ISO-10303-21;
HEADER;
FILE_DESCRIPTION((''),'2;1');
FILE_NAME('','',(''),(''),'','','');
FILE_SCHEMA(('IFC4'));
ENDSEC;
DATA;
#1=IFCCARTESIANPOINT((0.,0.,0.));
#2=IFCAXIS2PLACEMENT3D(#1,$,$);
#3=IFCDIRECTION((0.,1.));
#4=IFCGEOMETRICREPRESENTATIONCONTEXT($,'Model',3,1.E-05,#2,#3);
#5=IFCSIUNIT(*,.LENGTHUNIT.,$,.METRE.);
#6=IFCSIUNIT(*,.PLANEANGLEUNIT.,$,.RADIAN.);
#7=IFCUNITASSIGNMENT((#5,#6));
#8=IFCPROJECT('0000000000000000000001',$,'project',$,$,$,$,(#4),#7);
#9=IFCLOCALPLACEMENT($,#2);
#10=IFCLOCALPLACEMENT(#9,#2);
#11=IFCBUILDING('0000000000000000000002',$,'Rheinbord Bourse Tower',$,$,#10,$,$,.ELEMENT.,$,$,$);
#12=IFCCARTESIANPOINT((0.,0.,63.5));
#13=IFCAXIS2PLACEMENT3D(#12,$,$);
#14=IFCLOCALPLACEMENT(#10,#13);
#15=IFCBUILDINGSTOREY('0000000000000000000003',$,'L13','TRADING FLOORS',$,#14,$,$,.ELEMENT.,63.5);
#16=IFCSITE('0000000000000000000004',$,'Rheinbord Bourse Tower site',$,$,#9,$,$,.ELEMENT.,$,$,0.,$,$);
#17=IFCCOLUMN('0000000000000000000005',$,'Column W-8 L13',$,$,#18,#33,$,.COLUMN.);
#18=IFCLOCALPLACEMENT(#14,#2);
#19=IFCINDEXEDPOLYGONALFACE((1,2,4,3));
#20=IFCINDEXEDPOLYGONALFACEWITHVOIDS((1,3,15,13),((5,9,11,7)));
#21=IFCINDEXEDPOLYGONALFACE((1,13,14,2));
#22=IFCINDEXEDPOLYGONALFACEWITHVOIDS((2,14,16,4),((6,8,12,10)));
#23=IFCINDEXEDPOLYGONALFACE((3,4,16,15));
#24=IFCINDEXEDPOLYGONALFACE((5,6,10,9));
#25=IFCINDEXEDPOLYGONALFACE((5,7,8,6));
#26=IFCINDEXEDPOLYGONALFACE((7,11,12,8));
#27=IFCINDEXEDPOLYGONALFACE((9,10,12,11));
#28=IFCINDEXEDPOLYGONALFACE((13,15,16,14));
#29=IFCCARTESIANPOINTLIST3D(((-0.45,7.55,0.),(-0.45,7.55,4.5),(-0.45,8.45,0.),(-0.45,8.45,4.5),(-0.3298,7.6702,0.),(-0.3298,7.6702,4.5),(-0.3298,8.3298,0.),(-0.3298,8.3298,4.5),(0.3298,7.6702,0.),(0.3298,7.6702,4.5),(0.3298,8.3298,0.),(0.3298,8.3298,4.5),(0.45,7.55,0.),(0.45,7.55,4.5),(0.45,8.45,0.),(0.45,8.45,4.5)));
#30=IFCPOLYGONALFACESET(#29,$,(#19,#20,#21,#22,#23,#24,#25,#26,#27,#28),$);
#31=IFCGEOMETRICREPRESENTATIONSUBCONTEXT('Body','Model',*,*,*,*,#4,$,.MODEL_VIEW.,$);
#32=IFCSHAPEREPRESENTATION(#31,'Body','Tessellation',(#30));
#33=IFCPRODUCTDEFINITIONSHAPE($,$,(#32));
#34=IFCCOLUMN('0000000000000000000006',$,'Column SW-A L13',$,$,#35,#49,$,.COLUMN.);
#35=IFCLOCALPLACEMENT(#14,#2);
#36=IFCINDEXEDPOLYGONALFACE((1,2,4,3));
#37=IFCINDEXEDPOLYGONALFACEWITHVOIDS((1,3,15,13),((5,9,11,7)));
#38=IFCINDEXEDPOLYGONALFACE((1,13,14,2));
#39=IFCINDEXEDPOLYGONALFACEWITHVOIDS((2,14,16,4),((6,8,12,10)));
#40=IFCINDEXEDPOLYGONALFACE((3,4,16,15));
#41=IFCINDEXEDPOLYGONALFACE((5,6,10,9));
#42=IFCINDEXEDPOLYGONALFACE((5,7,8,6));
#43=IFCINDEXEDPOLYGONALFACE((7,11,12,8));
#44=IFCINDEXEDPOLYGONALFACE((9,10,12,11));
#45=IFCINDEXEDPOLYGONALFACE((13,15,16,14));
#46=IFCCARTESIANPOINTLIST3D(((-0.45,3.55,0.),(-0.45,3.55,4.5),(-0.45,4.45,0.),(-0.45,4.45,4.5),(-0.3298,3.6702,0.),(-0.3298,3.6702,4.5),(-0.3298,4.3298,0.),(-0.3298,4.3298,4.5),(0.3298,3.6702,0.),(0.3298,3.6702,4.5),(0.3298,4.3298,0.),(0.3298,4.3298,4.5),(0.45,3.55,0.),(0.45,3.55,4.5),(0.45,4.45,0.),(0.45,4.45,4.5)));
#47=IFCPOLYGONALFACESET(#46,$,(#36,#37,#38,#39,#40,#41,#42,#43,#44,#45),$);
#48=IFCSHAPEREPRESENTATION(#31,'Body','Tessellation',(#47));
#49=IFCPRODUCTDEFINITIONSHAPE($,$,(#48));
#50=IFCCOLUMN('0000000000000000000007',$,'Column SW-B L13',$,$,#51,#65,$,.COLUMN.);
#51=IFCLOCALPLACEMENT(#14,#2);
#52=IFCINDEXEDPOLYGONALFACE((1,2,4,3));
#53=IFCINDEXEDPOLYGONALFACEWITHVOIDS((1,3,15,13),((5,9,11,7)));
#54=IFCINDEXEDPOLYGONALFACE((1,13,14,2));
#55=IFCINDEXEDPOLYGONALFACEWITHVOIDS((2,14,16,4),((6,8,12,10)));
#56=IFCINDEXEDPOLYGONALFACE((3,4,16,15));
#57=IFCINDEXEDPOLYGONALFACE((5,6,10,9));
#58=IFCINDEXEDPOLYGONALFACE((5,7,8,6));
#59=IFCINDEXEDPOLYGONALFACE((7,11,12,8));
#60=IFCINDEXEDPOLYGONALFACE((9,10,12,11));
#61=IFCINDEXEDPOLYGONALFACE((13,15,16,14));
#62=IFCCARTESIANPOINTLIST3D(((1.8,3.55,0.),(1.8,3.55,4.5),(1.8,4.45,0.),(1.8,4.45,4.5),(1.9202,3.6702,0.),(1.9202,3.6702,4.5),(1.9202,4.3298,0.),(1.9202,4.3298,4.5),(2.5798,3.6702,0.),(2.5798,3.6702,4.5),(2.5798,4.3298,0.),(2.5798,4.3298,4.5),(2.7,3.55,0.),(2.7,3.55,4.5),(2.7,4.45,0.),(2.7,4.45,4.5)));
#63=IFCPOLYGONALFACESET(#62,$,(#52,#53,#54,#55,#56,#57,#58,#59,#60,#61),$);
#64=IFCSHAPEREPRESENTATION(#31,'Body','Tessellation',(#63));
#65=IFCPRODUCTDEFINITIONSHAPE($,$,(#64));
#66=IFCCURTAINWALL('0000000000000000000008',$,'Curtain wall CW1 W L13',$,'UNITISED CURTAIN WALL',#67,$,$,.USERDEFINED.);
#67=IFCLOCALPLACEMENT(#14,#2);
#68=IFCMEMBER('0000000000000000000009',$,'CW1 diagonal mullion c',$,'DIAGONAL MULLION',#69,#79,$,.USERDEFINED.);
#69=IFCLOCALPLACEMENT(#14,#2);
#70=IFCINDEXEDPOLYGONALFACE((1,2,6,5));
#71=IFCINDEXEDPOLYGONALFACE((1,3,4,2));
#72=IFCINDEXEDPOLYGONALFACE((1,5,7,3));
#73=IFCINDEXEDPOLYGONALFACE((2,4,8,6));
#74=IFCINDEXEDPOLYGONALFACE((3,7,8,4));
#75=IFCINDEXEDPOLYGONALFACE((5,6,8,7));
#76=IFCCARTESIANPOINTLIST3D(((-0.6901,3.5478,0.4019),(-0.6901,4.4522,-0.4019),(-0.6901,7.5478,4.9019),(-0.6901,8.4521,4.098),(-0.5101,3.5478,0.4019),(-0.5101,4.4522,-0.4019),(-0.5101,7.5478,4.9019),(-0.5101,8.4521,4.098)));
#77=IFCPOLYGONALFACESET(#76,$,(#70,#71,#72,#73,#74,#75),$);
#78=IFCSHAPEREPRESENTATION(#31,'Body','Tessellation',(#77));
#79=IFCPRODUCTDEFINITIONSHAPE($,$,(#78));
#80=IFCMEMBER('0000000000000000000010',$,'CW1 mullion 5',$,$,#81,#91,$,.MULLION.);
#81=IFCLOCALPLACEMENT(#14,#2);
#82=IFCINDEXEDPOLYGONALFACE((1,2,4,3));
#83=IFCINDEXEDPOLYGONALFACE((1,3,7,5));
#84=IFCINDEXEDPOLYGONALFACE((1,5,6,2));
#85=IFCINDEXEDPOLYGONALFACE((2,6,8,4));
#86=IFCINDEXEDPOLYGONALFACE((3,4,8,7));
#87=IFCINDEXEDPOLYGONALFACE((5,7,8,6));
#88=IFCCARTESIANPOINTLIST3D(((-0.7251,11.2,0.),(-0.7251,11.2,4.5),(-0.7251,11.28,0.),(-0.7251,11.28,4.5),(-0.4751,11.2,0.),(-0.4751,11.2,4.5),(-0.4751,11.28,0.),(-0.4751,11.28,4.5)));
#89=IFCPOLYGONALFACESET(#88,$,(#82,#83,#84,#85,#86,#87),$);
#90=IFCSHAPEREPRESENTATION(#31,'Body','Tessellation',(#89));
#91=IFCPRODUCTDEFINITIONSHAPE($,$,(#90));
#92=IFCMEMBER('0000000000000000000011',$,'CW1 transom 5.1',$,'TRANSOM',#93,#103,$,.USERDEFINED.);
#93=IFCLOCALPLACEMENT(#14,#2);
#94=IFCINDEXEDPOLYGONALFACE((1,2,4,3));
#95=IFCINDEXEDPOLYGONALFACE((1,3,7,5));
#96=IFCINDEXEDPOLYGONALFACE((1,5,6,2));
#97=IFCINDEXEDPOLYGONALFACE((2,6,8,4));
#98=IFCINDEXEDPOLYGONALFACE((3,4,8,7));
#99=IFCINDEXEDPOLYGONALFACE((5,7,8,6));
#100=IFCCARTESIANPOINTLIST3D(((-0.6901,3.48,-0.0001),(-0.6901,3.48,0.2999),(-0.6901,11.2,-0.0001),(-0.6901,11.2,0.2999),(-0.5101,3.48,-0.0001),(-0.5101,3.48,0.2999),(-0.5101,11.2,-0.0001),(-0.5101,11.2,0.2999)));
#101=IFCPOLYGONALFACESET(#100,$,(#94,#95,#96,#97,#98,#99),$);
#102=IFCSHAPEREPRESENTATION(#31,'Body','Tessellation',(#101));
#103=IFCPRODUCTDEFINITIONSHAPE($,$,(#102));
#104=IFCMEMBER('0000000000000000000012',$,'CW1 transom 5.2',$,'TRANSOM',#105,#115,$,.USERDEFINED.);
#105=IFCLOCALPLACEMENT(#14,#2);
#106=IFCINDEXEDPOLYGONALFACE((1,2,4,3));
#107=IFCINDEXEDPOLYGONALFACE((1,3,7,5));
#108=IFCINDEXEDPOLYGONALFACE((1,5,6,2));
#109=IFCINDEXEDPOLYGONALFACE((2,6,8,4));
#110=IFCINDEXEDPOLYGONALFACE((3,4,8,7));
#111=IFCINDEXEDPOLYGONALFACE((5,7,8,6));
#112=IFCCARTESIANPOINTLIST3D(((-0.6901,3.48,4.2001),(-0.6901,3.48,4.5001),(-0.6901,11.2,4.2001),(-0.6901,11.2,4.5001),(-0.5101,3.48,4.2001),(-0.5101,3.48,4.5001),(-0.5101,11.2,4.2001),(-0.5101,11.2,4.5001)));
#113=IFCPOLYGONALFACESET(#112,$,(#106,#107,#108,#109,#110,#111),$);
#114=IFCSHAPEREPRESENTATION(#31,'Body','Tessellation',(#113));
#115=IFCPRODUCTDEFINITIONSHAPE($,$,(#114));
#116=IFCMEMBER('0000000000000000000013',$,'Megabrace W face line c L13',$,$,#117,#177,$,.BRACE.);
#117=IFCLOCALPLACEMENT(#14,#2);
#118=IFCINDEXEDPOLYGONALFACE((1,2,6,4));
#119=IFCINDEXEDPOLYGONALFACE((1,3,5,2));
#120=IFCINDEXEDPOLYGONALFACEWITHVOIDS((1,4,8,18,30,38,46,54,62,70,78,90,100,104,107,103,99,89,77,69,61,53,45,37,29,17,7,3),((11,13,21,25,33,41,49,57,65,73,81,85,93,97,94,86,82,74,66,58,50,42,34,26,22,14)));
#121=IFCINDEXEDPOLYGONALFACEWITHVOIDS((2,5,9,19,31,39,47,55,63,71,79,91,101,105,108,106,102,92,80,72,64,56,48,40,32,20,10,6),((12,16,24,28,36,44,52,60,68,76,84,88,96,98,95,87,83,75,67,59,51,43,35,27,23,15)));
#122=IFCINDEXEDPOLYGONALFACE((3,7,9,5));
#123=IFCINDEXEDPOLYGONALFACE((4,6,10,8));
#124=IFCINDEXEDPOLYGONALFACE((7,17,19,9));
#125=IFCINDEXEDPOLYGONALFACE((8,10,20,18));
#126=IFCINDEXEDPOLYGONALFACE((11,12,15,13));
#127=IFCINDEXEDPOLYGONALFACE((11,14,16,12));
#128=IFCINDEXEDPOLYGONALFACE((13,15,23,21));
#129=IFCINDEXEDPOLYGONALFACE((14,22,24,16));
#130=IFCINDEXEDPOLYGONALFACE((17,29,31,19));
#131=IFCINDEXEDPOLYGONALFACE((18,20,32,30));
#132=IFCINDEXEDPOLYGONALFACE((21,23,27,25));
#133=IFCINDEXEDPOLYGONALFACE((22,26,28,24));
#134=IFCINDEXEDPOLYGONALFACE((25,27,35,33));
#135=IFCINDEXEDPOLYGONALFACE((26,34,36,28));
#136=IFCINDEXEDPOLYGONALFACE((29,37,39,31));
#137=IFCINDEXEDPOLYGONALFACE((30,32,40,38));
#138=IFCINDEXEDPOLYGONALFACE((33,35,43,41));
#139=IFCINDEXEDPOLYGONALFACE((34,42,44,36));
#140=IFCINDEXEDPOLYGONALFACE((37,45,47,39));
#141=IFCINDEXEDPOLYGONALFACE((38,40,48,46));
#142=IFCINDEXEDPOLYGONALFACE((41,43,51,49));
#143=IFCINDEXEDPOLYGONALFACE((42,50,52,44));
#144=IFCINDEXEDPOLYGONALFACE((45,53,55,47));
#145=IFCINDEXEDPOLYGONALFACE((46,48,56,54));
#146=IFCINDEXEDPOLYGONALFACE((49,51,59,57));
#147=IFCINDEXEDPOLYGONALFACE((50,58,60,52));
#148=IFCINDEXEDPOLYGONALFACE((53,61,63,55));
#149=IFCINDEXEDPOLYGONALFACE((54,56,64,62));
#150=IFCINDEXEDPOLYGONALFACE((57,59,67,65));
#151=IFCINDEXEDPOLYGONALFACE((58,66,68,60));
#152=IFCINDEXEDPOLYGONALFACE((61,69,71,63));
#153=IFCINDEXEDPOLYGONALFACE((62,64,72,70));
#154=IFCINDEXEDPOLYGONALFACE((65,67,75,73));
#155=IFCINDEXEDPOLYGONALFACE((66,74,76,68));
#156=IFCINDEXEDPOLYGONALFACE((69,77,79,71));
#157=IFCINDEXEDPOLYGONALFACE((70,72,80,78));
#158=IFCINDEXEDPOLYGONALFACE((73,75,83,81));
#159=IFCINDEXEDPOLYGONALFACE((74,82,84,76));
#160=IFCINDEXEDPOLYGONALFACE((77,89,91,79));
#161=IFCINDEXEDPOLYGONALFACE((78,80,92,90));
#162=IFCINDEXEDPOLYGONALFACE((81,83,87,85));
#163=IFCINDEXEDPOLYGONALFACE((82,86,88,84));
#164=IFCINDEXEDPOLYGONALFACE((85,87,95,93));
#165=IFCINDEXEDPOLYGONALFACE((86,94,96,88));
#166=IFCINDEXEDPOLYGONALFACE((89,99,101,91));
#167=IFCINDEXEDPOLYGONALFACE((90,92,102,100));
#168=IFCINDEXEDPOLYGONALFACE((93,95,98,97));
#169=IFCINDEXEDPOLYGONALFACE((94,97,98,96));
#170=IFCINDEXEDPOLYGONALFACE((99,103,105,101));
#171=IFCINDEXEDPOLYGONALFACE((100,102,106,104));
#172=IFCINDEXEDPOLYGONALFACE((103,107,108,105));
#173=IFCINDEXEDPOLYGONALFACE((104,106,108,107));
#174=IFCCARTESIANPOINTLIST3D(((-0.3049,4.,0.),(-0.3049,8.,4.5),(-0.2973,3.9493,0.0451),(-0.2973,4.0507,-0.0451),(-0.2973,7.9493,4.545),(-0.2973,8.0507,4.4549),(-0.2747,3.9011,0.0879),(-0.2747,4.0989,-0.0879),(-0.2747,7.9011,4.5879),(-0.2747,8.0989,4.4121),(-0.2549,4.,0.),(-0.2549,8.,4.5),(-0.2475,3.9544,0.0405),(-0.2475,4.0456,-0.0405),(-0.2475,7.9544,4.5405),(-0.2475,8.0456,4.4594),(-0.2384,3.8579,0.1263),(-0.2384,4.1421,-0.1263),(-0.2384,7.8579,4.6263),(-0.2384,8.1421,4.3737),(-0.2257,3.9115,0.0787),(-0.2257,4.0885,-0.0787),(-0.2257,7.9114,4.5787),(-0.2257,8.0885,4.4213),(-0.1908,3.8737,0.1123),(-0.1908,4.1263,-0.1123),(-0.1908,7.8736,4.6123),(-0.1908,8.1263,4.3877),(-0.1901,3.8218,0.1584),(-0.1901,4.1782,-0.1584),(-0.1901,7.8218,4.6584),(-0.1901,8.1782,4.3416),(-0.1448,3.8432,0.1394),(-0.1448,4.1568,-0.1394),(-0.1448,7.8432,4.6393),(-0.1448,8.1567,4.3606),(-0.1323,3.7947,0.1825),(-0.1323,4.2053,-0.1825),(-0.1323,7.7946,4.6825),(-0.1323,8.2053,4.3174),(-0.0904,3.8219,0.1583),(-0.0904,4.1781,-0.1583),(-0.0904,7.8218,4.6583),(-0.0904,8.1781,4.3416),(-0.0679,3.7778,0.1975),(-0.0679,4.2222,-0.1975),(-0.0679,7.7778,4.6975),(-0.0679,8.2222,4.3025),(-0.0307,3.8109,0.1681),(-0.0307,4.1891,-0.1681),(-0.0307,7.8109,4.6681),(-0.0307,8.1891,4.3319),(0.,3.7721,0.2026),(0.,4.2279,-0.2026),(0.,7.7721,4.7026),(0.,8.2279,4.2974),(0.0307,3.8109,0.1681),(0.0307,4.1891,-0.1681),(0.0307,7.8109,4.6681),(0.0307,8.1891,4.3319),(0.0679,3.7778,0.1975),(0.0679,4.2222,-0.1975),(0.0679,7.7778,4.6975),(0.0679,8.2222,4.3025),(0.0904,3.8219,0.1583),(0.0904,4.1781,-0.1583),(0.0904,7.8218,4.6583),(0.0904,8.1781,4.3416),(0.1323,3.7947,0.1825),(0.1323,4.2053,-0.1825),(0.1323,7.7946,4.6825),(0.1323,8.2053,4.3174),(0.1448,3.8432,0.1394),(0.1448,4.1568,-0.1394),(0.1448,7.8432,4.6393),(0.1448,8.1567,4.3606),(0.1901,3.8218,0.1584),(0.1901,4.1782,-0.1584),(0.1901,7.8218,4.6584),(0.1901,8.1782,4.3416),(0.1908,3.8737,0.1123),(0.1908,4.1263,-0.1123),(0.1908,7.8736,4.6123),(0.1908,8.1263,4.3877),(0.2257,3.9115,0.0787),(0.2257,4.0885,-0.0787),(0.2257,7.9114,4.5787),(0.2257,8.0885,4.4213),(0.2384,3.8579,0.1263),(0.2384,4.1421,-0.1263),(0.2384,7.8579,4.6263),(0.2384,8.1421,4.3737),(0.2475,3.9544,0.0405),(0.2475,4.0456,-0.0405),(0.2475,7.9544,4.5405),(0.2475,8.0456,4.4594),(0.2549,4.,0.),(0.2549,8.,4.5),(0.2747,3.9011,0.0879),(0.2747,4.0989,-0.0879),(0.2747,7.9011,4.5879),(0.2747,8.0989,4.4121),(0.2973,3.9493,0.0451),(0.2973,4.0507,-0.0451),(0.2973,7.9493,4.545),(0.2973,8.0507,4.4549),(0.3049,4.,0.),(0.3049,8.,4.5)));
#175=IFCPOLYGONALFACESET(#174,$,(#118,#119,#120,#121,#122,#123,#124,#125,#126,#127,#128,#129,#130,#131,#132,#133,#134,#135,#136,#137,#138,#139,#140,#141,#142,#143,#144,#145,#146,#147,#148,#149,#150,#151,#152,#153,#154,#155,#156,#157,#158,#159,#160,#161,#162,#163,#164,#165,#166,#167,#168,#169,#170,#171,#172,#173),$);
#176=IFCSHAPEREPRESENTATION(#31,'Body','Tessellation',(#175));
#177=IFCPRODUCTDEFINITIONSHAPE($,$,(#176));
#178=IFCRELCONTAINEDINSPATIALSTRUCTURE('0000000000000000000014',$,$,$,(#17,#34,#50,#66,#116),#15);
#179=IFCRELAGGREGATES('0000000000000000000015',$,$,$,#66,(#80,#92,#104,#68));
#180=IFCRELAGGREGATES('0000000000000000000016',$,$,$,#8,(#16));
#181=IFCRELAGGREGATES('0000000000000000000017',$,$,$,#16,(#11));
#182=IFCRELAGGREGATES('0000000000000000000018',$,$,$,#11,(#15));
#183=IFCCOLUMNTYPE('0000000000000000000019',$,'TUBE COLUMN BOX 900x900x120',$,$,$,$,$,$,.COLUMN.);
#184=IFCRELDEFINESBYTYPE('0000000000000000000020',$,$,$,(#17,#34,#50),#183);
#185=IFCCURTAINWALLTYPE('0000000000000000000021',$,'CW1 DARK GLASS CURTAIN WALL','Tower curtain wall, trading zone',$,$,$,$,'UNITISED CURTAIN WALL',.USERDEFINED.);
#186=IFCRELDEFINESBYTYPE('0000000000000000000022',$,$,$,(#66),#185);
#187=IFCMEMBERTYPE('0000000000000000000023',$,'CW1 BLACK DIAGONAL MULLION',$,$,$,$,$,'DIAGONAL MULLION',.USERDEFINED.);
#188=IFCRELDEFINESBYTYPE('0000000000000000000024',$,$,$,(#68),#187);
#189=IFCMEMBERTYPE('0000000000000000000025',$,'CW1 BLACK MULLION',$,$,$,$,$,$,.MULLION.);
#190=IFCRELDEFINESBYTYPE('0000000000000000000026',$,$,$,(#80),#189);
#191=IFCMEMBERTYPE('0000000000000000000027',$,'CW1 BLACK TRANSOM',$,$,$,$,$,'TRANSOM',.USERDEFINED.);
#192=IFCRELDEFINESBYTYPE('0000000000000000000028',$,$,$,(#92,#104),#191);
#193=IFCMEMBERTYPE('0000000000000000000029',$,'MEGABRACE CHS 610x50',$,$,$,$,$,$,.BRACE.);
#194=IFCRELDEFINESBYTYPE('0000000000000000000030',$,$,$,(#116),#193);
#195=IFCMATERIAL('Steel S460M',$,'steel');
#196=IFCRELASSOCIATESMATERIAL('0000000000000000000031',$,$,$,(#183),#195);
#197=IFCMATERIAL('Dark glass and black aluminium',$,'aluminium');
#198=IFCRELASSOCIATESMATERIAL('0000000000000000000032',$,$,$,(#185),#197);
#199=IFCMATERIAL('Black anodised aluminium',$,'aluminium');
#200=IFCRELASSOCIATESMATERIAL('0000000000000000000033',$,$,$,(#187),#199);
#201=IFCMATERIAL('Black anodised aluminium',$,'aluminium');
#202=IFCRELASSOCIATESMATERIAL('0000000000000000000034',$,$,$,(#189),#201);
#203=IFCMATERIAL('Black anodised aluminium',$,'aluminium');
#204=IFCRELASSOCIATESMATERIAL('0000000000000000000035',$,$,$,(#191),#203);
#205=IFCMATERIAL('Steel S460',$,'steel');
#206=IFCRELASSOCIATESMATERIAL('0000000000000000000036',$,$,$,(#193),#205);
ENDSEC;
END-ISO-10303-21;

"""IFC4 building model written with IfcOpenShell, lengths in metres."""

from ifc_helpers import new_model, si_unit, direction, frame, origin, origin_2d, place, context, subcontext, project, spatial, rectangle, hollow_rectangle, hollow_circle, extrude, material, material_profile, profile_set, type_object, element, aggregate, save


model = new_model("IFC4")

# Units and contexts
model_context = context("Model", 3, precision=1e-05, world=origin(), true_north=direction((0.0, 1.0)))
body_context = subcontext(model_context, "Body", "Model", "MODEL_VIEW")
ifc_project = project(units=[si_unit("LENGTHUNIT", "METRE"), si_unit("PLANEANGLEUNIT", "RADIAN")], contexts=[model_context])

# Site, building, storey
site_placement = place(None, origin())
site = spatial("IfcSite", under=ifc_project, at=site_placement, Name="Rheinbord Bourse Tower site", CompositionType="ELEMENT", RefElevation=0.0)
building_placement = place(site_placement, origin())
building = spatial("IfcBuilding", under=site, at=building_placement, Name="Rheinbord Bourse Tower", CompositionType="ELEMENT")
storey_placement = place(building_placement, frame((0.0, 0.0, 63.5)))
storey = spatial("IfcBuildingStorey", under=building, at=storey_placement, Name="L13", Description="TRADING FLOORS", CompositionType="ELEMENT", Elevation=63.5)

# Columns
ifc_material_1 = material(Name="Steel S460M", Category="steel")
ifc_material_profile_1 = material_profile(ifc_material_1, hollow_rectangle(XDim=0.8999, YDim=0.8999, WallThickness=0.1201, at=origin_2d()), Name="BOX 900x900x120")
ifc_profile_set_1 = profile_set([ifc_material_profile_1], Name="Steel S460M")
column_type = type_object("IfcColumnType", Name="TUBE COLUMN BOX 900x900x120", PredefinedType="COLUMN", material=ifc_profile_set_1)
for number, where, z_axis, x_axis, name in (
    (1, (0.0, 8.0, 0.0), (0.0, 0.0, 1.0), (1.0, 0.0, 0.0), "Column W-8 L13"),
    (2, (0.0, 4.0, 0.0), (0.0, 0.0, 1.0), (1.0, 0.0, 0.0), "Column SW-A L13"),
    (3, (2.25, 4.0, 0.0), (0.0, 0.0, 1.0), (1.0, 0.0, 0.0), "Column SW-B L13"),
):
    element("IfcColumn", number, at=place(storey_placement, frame(where, z_axis=z_axis, x_axis=x_axis)), inside=storey, type_object=column_type, Name=name, PredefinedType="COLUMN", context=body_context, shape_type="SweptSolid", body=[
        extrude(hollow_rectangle(XDim=0.8999, YDim=0.8999, WallThickness=0.1201, at=origin_2d()), origin(), (0.0, 0.0, 1.0), 4.5),
    ])

# Curtain wall, members
ifc_material_2 = material(Name="Dark glass and black aluminium", Category="aluminium")
curtain_wall_type = type_object("IfcCurtainWallType", Name="CW1 DARK GLASS CURTAIN WALL", Description="Tower curtain wall, trading zone", ElementType="UNITISED CURTAIN WALL", PredefinedType="USERDEFINED", material=ifc_material_2)
curtain_wall_placement = place(storey_placement, origin())
curtain_wall = element("IfcCurtainWall", 4, at=curtain_wall_placement, inside=storey, type_object=curtain_wall_type, Name="Curtain wall CW1 W L13", ObjectType="UNITISED CURTAIN WALL", PredefinedType="USERDEFINED")
ifc_material_3 = material(Name="Black anodised aluminium", Category="aluminium")
ifc_material_profile_2 = material_profile(ifc_material_3, rectangle(XDim=0.1799, YDim=1.21, at=origin_2d()), Name="CW1 DIAGONAL MULLION 1210x180")
ifc_profile_set_2 = profile_set([ifc_material_profile_2], Name="Black anodised aluminium")
member_type_1 = type_object("IfcMemberType", Name="CW1 BLACK DIAGONAL MULLION", ElementType="DIAGONAL MULLION", PredefinedType="USERDEFINED", material=ifc_profile_set_2)
member_1_placement = place(storey_placement, frame((-0.6001, 4.0, 0.0), z_axis=(0.0, 0.664364, 0.747409), x_axis=(-1.0, 0.0, 0.0)))
member_1 = element("IfcMember", 5, at=member_1_placement, type_object=member_type_1, Name="CW1 diagonal mullion c", ObjectType="DIAGONAL MULLION", PredefinedType="USERDEFINED", context=body_context, shape_type="SweptSolid", body=[
    extrude(rectangle(XDim=0.1799, YDim=1.21, at=origin_2d()), origin(), (0.0, 0.0, 1.0), 6.0208),
])
ifc_material_4 = material(Name="Black anodised aluminium", Category="aluminium")
ifc_material_profile_3 = material_profile(ifc_material_4, rectangle(XDim=0.25, YDim=0.0801, at=origin_2d()), Name="CW1 MULLION 80x250")
ifc_profile_set_3 = profile_set([ifc_material_profile_3], Name="Black anodised aluminium")
member_type_2 = type_object("IfcMemberType", Name="CW1 BLACK MULLION", PredefinedType="MULLION", material=ifc_profile_set_3)
member_2_placement = place(storey_placement, frame((-0.6001, 11.24, 0.0), z_axis=(0.0, 0.0, 1.0), x_axis=(1.0, 0.0, 0.0)))
member_2 = element("IfcMember", 6, at=member_2_placement, type_object=member_type_2, Name="CW1 mullion 5", PredefinedType="MULLION", context=body_context, shape_type="SweptSolid", body=[
    extrude(rectangle(XDim=0.25, YDim=0.0801, at=origin_2d()), origin(), (0.0, 0.0, 1.0), 4.5),
])
ifc_material_5 = material(Name="Black anodised aluminium", Category="aluminium")
ifc_material_profile_4 = material_profile(ifc_material_5, rectangle(XDim=0.1799, YDim=0.3, at=origin_2d()), Name="CW1 TRANSOM 300x180")
ifc_profile_set_4 = profile_set([ifc_material_profile_4], Name="Black anodised aluminium")
member_type_3 = type_object("IfcMemberType", Name="CW1 BLACK TRANSOM", ElementType="TRANSOM", PredefinedType="USERDEFINED", material=ifc_profile_set_4)
member_3_placement = place(storey_placement, frame((-0.6001, 11.2, 0.1499), z_axis=(0.0, -1.0, 0.0), x_axis=(1.0, 0.0, 0.0)))
member_3 = element("IfcMember", 7, at=member_3_placement, type_object=member_type_3, Name="CW1 transom 5.1", ObjectType="TRANSOM", PredefinedType="USERDEFINED", context=body_context, shape_type="SweptSolid", body=[
    extrude(rectangle(XDim=0.1799, YDim=0.3, at=origin_2d()), origin(), (0.0, 0.0, 1.0), 7.72),
])
member_4_placement = place(storey_placement, frame((-0.6001, 11.2, 4.3501), z_axis=(0.0, -1.0, 0.0), x_axis=(1.0, 0.0, 0.0)))
member_4 = element("IfcMember", 8, at=member_4_placement, type_object=member_type_3, Name="CW1 transom 5.2", ObjectType="TRANSOM", PredefinedType="USERDEFINED", context=body_context, shape_type="SweptSolid", body=[
    extrude(rectangle(XDim=0.1799, YDim=0.3, at=origin_2d()), origin(), (0.0, 0.0, 1.0), 7.72),
])

# Member
ifc_material_6 = material(Name="Steel S460", Category="steel")
ifc_material_profile_5 = material_profile(ifc_material_6, hollow_circle(Radius=0.3049, WallThickness=0.05, at=origin_2d()), Name="CHS 610x50")
ifc_profile_set_5 = profile_set([ifc_material_profile_5], Name="Steel S460")
member_type_4 = type_object("IfcMemberType", Name="MEGABRACE CHS 610x50", PredefinedType="BRACE", material=ifc_profile_set_5)
member_5_placement = place(storey_placement, frame((0.0, 4.0, 0.0), z_axis=(0.0, 0.664364, 0.747409), x_axis=(-1.0, 0.0, 0.0)))
element("IfcMember", 9, at=member_5_placement, inside=storey, type_object=member_type_4, Name="Megabrace W face line c L13", PredefinedType="BRACE", context=body_context, shape_type="SweptSolid", body=[
    extrude(hollow_circle(Radius=0.3049, WallThickness=0.05, at=origin_2d()), origin(), (0.0, 0.0, 1.0), 6.0208),
])

aggregate(curtain_wall, [member_2, member_3, member_4, member_1])

save(model, "model.ifc")
